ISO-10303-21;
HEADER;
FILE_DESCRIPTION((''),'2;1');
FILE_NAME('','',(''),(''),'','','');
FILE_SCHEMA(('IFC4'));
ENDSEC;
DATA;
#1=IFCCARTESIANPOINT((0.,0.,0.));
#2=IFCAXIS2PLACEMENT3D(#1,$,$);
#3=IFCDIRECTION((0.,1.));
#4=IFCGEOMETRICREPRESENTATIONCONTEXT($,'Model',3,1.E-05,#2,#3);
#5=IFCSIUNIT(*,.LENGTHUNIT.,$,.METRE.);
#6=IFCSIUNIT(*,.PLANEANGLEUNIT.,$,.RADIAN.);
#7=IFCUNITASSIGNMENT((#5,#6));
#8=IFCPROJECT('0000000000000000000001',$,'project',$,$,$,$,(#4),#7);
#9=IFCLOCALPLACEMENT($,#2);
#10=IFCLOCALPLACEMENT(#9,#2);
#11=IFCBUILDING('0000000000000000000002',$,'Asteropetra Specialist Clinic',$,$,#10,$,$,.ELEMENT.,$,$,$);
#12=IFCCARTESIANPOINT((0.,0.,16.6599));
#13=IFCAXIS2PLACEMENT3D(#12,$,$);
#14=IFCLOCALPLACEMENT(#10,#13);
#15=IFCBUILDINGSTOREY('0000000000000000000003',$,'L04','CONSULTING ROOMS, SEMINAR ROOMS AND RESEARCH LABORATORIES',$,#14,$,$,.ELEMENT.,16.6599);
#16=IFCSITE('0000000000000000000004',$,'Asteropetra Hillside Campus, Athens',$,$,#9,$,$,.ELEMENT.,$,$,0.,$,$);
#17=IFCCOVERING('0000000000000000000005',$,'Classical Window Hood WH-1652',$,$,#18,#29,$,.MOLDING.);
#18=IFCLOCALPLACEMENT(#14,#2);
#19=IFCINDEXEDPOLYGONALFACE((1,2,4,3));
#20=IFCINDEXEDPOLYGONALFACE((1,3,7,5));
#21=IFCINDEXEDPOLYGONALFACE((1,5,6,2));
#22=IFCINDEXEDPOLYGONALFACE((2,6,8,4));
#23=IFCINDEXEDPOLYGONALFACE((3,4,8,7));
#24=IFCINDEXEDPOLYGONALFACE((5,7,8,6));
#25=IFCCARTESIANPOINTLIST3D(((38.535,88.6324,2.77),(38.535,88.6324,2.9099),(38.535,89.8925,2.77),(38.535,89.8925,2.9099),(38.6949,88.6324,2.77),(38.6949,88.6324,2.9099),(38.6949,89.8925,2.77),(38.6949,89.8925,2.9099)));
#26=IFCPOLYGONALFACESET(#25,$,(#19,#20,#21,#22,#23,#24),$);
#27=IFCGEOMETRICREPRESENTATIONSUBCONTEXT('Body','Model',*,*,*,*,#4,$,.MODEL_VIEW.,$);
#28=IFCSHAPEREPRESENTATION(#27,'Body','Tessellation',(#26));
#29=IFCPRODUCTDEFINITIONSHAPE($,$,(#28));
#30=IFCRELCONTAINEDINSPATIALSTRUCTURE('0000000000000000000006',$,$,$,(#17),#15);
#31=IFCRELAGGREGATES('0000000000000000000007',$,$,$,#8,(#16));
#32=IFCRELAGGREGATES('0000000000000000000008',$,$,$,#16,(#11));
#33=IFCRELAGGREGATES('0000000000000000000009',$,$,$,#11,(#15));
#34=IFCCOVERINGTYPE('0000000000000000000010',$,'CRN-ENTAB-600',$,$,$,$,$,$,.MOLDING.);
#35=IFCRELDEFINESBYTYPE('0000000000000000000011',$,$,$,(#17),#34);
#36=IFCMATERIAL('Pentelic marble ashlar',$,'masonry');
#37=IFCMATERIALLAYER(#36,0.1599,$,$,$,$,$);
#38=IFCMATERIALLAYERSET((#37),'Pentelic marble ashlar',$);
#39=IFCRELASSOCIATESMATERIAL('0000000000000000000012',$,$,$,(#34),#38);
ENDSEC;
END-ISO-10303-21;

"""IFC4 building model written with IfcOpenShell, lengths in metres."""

from ifc_helpers import new_model, si_unit, direction, frame, origin, origin_2d, place, context, subcontext, project, spatial, rectangle, extrude, material, layer, layer_set, type_object, element, save


model = new_model("IFC4")

# Units and contexts
model_context = context("Model", 3, precision=1e-05, world=origin(), true_north=direction((0.0, 1.0)))
body_context = subcontext(model_context, "Body", "Model", "MODEL_VIEW")
ifc_project = project(units=[si_unit("LENGTHUNIT", "METRE"), si_unit("PLANEANGLEUNIT", "RADIAN")], contexts=[model_context])

# Site, building, storey
site_placement = place(None, origin())
site = spatial("IfcSite", under=ifc_project, at=site_placement, Name="Asteropetra Hillside Campus, Athens", CompositionType="ELEMENT", RefElevation=0.0)
building_placement = place(site_placement, origin())
building = spatial("IfcBuilding", under=site, at=building_placement, Name="Asteropetra Specialist Clinic", CompositionType="ELEMENT")
storey_placement = place(building_placement, frame((0.0, 0.0, 16.6599)))
storey = spatial("IfcBuildingStorey", under=building, at=storey_placement, Name="L04", Description="CONSULTING ROOMS, SEMINAR ROOMS AND RESEARCH LABORATORIES", CompositionType="ELEMENT", Elevation=16.6599)

# Covering
ifc_material_1 = material(Name="Pentelic marble ashlar", Category="masonry")
ifc_layer_1 = layer(ifc_material_1, 0.1599)
ifc_layer_set_1 = layer_set([ifc_layer_1], Name="Pentelic marble ashlar")
covering_type_1 = type_object("IfcCoveringType", Name="CRN-ENTAB-600", PredefinedType="MOLDING", material=ifc_layer_set_1)
for number, where, z_axis, x_axis, name in (
    (1, (38.615, 89.2625, 2.77), (0.0, 0.0, 1.0), (1.0, 0.0, 0.0), "Classical Window Hood WH-1652"),
):
    element("IfcCovering", number, at=place(storey_placement, frame(where, z_axis=z_axis, x_axis=x_axis)), inside=storey, type_object=covering_type_1, Name=name, PredefinedType="MOLDING", context=body_context, shape_type="SweptSolid", body=[
        extrude(rectangle(XDim=0.1599, YDim=1.26, at=origin_2d()), origin(), (0.0, 0.0, 1.0), 0.1399),
    ])

save(model, "model.ifc")
